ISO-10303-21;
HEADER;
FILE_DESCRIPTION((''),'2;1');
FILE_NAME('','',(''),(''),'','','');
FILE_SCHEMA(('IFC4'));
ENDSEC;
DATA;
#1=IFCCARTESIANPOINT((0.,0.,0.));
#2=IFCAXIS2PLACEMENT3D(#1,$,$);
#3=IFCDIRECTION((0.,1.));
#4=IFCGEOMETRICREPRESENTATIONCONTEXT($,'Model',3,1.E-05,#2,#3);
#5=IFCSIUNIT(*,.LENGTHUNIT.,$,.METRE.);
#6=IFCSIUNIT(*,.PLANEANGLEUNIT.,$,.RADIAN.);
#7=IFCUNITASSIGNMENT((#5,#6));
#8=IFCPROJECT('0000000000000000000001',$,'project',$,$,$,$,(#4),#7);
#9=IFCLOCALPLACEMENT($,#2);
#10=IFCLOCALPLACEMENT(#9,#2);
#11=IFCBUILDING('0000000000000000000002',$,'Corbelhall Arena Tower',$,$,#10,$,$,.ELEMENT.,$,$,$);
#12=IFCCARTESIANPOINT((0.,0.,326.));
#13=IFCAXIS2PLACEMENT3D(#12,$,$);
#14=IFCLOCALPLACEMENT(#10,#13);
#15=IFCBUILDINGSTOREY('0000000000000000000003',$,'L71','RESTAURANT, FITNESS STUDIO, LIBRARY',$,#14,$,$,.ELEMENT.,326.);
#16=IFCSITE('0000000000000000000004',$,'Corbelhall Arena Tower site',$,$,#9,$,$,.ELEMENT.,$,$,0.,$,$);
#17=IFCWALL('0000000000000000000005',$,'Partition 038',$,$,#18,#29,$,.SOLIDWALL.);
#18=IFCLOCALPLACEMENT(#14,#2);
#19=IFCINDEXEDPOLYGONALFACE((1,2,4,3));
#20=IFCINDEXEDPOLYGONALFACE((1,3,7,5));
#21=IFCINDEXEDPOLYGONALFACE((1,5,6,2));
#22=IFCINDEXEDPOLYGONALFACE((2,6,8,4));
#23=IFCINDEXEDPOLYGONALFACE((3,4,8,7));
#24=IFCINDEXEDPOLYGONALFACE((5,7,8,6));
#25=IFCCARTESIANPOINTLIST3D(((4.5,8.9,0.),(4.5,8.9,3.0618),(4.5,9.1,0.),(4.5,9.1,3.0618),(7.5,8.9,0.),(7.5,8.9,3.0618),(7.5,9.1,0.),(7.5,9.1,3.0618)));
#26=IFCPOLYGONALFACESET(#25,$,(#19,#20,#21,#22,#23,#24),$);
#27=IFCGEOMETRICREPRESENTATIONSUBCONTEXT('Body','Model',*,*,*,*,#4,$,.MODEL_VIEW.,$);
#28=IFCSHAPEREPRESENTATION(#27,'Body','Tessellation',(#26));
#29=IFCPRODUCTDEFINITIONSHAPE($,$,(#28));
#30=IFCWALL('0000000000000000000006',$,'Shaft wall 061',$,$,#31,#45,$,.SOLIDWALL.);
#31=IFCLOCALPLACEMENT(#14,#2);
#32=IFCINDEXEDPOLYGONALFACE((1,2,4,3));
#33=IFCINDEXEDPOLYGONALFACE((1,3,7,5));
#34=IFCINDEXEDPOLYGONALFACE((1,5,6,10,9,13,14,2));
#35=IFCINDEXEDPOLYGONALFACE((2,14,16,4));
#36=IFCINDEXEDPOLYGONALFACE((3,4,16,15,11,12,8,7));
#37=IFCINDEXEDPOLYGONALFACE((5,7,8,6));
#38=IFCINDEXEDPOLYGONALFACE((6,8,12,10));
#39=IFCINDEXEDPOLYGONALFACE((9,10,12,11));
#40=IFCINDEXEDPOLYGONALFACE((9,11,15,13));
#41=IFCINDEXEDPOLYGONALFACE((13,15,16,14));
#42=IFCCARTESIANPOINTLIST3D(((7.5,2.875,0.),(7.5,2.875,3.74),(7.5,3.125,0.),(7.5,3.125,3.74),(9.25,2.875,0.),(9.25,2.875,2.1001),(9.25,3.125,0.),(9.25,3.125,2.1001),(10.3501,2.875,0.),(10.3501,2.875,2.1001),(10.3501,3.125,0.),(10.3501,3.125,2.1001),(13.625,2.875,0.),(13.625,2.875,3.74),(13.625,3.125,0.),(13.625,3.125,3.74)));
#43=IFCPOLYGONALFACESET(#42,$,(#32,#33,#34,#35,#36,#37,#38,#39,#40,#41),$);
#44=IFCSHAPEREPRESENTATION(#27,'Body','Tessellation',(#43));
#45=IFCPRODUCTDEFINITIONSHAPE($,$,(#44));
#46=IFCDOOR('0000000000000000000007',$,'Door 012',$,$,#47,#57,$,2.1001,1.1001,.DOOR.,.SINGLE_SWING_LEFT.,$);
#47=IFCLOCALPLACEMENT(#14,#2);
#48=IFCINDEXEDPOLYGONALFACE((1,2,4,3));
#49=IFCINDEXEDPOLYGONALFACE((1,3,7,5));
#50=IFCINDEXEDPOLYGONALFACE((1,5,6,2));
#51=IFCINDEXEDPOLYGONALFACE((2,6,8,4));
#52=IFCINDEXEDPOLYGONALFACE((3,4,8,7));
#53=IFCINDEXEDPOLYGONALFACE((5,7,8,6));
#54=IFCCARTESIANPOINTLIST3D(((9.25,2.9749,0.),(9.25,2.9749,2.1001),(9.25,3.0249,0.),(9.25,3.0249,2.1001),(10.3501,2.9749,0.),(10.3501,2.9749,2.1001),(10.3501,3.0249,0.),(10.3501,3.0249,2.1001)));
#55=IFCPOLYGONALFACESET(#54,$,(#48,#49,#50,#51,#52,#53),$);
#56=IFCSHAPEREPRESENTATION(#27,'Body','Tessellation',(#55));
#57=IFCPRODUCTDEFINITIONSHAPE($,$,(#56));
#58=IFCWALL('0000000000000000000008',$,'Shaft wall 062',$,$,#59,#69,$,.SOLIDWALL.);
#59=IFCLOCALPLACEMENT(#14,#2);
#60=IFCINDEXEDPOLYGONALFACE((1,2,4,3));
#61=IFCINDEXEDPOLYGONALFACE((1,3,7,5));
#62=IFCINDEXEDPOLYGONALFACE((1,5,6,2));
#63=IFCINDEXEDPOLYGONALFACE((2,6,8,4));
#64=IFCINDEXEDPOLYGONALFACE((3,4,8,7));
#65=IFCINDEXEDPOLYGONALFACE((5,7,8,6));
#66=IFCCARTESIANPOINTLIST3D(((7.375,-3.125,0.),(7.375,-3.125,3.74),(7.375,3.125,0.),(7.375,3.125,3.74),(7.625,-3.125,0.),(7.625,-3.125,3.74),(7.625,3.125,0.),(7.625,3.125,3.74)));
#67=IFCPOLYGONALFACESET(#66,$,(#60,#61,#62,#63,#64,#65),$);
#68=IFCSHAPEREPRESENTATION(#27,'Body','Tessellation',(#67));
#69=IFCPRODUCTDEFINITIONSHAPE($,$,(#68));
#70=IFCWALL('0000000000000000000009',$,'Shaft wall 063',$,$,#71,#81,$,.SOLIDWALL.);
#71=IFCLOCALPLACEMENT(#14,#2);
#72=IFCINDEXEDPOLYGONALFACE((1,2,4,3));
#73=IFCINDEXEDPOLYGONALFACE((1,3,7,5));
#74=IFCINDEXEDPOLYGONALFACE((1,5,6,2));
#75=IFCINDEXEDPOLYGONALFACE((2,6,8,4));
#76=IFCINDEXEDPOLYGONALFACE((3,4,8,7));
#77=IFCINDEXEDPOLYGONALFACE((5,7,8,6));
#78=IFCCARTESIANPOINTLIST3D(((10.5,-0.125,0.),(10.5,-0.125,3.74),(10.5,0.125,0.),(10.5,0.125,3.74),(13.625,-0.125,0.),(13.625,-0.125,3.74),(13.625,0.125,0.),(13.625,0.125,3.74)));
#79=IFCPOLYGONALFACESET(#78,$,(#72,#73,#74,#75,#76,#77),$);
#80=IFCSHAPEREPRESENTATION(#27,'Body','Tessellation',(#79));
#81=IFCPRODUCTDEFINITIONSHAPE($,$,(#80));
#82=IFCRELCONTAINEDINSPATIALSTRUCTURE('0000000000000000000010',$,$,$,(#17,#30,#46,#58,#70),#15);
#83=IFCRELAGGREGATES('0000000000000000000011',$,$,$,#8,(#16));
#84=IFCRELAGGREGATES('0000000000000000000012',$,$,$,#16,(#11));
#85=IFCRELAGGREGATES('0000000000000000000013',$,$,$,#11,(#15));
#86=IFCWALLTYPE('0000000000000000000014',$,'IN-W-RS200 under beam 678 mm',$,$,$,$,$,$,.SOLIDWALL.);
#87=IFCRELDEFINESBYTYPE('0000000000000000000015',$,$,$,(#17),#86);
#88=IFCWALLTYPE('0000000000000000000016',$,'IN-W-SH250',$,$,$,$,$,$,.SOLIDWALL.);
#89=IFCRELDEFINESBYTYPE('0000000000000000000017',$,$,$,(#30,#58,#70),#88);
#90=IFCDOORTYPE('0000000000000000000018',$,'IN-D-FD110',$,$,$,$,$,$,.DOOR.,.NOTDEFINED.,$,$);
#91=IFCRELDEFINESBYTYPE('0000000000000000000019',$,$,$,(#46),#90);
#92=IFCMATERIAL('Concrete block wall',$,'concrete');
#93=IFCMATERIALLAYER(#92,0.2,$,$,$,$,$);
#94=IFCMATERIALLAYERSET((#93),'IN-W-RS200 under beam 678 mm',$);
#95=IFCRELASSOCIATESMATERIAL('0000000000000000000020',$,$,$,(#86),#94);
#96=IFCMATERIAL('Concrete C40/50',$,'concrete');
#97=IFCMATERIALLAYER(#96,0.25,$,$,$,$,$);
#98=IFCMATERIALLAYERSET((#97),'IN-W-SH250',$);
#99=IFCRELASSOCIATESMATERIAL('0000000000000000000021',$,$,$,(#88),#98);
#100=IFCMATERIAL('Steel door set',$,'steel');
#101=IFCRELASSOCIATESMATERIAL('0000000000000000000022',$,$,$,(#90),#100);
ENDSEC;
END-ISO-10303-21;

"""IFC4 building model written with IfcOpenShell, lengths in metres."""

from ifc_helpers import new_model, si_unit, direction, frame, frame_2d, origin, place, context, subcontext, project, spatial, rectangle, extrude, material, layer, layer_set, type_object, element, fill, save


model = new_model("IFC4")

# Units and contexts
model_context = context("Model", 3, precision=1e-05, world=origin(), true_north=direction((0.0, 1.0)))
body_context = subcontext(model_context, "Body", "Model", "MODEL_VIEW")
ifc_project = project(units=[si_unit("LENGTHUNIT", "METRE"), si_unit("PLANEANGLEUNIT", "RADIAN")], contexts=[model_context])

# Site, building, storey
site_placement = place(None, origin())
site = spatial("IfcSite", under=ifc_project, at=site_placement, Name="Corbelhall Arena Tower site", CompositionType="ELEMENT", RefElevation=0.0)
building_placement = place(site_placement, origin())
building = spatial("IfcBuilding", under=site, at=building_placement, Name="Corbelhall Arena Tower", CompositionType="ELEMENT")
storey_placement = place(building_placement, frame((0.0, 0.0, 326.0)))
storey = spatial("IfcBuildingStorey", under=building, at=storey_placement, Name="L71", Description="RESTAURANT, FITNESS STUDIO, LIBRARY", CompositionType="ELEMENT", Elevation=326.0)

# Shared definitions
ifc_material_1 = material(Name="Concrete C40/50", Category="concrete")

# Wall
ifc_material_2 = material(Name="Concrete block wall", Category="concrete")
ifc_layer_1 = layer(ifc_material_2, 0.2)
ifc_layer_set_1 = layer_set([ifc_layer_1], Name="IN-W-RS200 under beam 678 mm")
wall_type_1 = type_object("IfcWallType", Name="IN-W-RS200 under beam 678 mm", PredefinedType="SOLIDWALL", material=ifc_layer_set_1)
wall_1_placement = place(storey_placement, frame((4.5, 9.0, 0.0), z_axis=(0.0, 0.0, 1.0), x_axis=(1.0, 0.0, 0.0)))
element("IfcWall", 1, at=wall_1_placement, inside=storey, type_object=wall_type_1, Name="Partition 038", PredefinedType="SOLIDWALL", context=body_context, shape_type="SweptSolid", body=[
    extrude(rectangle(XDim=3.0, YDim=0.2, at=frame_2d((1.5, 0.0))), origin(), (0.0, 0.0, 1.0), 3.0618),
])

# Wall, opening, door
ifc_layer_2 = layer(ifc_material_1, 0.25)
ifc_layer_set_2 = layer_set([ifc_layer_2], Name="IN-W-SH250")
wall_type_2 = type_object("IfcWallType", Name="IN-W-SH250", PredefinedType="SOLIDWALL", material=ifc_layer_set_2)
wall_2_placement = place(storey_placement, frame((7.5, 3.0, 0.0), z_axis=(0.0, 0.0, 1.0), x_axis=(1.0, 0.0, 0.0)))
wall_2 = element("IfcWall", 2, at=wall_2_placement, inside=storey, type_object=wall_type_2, Name="Shaft wall 061", PredefinedType="SOLIDWALL", context=body_context, shape_type="SweptSolid", body=[
    extrude(rectangle(XDim=6.125, YDim=0.25, at=frame_2d((3.0625, 0.0))), origin(), (0.0, 0.0, 1.0), 3.74),
])
opening_placement = place(wall_2_placement, frame((1.75, 0.0, 0.0)))
opening = element("IfcOpeningElement", 3, at=opening_placement, cuts=wall_2, PredefinedType="OPENING", context=body_context, shape_type="SweptSolid", body=[
    extrude(rectangle(XDim=1.1001, YDim=2.1001, at=frame_2d((0.55, 1.05))), frame((0.0, 0.125, 0.0), z_axis=(0.0, -1.0, 0.0), x_axis=(1.0, 0.0, 0.0)), (0.0, 0.0, 1.0), 0.25),
])
ifc_material_3 = material(Name="Steel door set", Category="steel")
door_type = type_object("IfcDoorType", Name="IN-D-FD110", OperationType="NOTDEFINED", PredefinedType="DOOR", material=ifc_material_3)
door_placement = place(opening_placement, origin())
door = element("IfcDoor", 4, at=door_placement, inside=storey, type_object=door_type, Name="Door 012", OperationType="SINGLE_SWING_LEFT", OverallHeight=2.1001, OverallWidth=1.1001, PredefinedType="DOOR", context=body_context, shape_type="SweptSolid", body=[
    extrude(rectangle(XDim=1.1001, YDim=2.1001, at=frame_2d((0.55, 1.05))), frame((0.0, 0.0249, 0.0), z_axis=(0.0, -1.0, 0.0), x_axis=(1.0, 0.0, 0.0)), (0.0, 0.0, 1.0), 0.05),
])
fill(opening, door)

# Walls
wall_3_placement = place(storey_placement, frame((7.5, 3.125, 0.0), z_axis=(0.0, 0.0, 1.0), x_axis=(0.0, -1.0, 0.0)))
element("IfcWall", 5, at=wall_3_placement, inside=storey, type_object=wall_type_2, Name="Shaft wall 062", PredefinedType="SOLIDWALL", context=body_context, shape_type="SweptSolid", body=[
    extrude(rectangle(XDim=6.25, YDim=0.25, at=frame_2d((3.125, 0.0))), origin(), (0.0, 0.0, 1.0), 3.74),
])
wall_4_placement = place(storey_placement, frame((10.5, 0.0, 0.0), z_axis=(0.0, 0.0, 1.0), x_axis=(1.0, 0.0, 0.0)))
element("IfcWall", 6, at=wall_4_placement, inside=storey, type_object=wall_type_2, Name="Shaft wall 063", PredefinedType="SOLIDWALL", context=body_context, shape_type="SweptSolid", body=[
    extrude(rectangle(XDim=3.125, YDim=0.25, at=frame_2d((1.5625, 0.0))), origin(), (0.0, 0.0, 1.0), 3.74),
])

save(model, "model.ifc")
